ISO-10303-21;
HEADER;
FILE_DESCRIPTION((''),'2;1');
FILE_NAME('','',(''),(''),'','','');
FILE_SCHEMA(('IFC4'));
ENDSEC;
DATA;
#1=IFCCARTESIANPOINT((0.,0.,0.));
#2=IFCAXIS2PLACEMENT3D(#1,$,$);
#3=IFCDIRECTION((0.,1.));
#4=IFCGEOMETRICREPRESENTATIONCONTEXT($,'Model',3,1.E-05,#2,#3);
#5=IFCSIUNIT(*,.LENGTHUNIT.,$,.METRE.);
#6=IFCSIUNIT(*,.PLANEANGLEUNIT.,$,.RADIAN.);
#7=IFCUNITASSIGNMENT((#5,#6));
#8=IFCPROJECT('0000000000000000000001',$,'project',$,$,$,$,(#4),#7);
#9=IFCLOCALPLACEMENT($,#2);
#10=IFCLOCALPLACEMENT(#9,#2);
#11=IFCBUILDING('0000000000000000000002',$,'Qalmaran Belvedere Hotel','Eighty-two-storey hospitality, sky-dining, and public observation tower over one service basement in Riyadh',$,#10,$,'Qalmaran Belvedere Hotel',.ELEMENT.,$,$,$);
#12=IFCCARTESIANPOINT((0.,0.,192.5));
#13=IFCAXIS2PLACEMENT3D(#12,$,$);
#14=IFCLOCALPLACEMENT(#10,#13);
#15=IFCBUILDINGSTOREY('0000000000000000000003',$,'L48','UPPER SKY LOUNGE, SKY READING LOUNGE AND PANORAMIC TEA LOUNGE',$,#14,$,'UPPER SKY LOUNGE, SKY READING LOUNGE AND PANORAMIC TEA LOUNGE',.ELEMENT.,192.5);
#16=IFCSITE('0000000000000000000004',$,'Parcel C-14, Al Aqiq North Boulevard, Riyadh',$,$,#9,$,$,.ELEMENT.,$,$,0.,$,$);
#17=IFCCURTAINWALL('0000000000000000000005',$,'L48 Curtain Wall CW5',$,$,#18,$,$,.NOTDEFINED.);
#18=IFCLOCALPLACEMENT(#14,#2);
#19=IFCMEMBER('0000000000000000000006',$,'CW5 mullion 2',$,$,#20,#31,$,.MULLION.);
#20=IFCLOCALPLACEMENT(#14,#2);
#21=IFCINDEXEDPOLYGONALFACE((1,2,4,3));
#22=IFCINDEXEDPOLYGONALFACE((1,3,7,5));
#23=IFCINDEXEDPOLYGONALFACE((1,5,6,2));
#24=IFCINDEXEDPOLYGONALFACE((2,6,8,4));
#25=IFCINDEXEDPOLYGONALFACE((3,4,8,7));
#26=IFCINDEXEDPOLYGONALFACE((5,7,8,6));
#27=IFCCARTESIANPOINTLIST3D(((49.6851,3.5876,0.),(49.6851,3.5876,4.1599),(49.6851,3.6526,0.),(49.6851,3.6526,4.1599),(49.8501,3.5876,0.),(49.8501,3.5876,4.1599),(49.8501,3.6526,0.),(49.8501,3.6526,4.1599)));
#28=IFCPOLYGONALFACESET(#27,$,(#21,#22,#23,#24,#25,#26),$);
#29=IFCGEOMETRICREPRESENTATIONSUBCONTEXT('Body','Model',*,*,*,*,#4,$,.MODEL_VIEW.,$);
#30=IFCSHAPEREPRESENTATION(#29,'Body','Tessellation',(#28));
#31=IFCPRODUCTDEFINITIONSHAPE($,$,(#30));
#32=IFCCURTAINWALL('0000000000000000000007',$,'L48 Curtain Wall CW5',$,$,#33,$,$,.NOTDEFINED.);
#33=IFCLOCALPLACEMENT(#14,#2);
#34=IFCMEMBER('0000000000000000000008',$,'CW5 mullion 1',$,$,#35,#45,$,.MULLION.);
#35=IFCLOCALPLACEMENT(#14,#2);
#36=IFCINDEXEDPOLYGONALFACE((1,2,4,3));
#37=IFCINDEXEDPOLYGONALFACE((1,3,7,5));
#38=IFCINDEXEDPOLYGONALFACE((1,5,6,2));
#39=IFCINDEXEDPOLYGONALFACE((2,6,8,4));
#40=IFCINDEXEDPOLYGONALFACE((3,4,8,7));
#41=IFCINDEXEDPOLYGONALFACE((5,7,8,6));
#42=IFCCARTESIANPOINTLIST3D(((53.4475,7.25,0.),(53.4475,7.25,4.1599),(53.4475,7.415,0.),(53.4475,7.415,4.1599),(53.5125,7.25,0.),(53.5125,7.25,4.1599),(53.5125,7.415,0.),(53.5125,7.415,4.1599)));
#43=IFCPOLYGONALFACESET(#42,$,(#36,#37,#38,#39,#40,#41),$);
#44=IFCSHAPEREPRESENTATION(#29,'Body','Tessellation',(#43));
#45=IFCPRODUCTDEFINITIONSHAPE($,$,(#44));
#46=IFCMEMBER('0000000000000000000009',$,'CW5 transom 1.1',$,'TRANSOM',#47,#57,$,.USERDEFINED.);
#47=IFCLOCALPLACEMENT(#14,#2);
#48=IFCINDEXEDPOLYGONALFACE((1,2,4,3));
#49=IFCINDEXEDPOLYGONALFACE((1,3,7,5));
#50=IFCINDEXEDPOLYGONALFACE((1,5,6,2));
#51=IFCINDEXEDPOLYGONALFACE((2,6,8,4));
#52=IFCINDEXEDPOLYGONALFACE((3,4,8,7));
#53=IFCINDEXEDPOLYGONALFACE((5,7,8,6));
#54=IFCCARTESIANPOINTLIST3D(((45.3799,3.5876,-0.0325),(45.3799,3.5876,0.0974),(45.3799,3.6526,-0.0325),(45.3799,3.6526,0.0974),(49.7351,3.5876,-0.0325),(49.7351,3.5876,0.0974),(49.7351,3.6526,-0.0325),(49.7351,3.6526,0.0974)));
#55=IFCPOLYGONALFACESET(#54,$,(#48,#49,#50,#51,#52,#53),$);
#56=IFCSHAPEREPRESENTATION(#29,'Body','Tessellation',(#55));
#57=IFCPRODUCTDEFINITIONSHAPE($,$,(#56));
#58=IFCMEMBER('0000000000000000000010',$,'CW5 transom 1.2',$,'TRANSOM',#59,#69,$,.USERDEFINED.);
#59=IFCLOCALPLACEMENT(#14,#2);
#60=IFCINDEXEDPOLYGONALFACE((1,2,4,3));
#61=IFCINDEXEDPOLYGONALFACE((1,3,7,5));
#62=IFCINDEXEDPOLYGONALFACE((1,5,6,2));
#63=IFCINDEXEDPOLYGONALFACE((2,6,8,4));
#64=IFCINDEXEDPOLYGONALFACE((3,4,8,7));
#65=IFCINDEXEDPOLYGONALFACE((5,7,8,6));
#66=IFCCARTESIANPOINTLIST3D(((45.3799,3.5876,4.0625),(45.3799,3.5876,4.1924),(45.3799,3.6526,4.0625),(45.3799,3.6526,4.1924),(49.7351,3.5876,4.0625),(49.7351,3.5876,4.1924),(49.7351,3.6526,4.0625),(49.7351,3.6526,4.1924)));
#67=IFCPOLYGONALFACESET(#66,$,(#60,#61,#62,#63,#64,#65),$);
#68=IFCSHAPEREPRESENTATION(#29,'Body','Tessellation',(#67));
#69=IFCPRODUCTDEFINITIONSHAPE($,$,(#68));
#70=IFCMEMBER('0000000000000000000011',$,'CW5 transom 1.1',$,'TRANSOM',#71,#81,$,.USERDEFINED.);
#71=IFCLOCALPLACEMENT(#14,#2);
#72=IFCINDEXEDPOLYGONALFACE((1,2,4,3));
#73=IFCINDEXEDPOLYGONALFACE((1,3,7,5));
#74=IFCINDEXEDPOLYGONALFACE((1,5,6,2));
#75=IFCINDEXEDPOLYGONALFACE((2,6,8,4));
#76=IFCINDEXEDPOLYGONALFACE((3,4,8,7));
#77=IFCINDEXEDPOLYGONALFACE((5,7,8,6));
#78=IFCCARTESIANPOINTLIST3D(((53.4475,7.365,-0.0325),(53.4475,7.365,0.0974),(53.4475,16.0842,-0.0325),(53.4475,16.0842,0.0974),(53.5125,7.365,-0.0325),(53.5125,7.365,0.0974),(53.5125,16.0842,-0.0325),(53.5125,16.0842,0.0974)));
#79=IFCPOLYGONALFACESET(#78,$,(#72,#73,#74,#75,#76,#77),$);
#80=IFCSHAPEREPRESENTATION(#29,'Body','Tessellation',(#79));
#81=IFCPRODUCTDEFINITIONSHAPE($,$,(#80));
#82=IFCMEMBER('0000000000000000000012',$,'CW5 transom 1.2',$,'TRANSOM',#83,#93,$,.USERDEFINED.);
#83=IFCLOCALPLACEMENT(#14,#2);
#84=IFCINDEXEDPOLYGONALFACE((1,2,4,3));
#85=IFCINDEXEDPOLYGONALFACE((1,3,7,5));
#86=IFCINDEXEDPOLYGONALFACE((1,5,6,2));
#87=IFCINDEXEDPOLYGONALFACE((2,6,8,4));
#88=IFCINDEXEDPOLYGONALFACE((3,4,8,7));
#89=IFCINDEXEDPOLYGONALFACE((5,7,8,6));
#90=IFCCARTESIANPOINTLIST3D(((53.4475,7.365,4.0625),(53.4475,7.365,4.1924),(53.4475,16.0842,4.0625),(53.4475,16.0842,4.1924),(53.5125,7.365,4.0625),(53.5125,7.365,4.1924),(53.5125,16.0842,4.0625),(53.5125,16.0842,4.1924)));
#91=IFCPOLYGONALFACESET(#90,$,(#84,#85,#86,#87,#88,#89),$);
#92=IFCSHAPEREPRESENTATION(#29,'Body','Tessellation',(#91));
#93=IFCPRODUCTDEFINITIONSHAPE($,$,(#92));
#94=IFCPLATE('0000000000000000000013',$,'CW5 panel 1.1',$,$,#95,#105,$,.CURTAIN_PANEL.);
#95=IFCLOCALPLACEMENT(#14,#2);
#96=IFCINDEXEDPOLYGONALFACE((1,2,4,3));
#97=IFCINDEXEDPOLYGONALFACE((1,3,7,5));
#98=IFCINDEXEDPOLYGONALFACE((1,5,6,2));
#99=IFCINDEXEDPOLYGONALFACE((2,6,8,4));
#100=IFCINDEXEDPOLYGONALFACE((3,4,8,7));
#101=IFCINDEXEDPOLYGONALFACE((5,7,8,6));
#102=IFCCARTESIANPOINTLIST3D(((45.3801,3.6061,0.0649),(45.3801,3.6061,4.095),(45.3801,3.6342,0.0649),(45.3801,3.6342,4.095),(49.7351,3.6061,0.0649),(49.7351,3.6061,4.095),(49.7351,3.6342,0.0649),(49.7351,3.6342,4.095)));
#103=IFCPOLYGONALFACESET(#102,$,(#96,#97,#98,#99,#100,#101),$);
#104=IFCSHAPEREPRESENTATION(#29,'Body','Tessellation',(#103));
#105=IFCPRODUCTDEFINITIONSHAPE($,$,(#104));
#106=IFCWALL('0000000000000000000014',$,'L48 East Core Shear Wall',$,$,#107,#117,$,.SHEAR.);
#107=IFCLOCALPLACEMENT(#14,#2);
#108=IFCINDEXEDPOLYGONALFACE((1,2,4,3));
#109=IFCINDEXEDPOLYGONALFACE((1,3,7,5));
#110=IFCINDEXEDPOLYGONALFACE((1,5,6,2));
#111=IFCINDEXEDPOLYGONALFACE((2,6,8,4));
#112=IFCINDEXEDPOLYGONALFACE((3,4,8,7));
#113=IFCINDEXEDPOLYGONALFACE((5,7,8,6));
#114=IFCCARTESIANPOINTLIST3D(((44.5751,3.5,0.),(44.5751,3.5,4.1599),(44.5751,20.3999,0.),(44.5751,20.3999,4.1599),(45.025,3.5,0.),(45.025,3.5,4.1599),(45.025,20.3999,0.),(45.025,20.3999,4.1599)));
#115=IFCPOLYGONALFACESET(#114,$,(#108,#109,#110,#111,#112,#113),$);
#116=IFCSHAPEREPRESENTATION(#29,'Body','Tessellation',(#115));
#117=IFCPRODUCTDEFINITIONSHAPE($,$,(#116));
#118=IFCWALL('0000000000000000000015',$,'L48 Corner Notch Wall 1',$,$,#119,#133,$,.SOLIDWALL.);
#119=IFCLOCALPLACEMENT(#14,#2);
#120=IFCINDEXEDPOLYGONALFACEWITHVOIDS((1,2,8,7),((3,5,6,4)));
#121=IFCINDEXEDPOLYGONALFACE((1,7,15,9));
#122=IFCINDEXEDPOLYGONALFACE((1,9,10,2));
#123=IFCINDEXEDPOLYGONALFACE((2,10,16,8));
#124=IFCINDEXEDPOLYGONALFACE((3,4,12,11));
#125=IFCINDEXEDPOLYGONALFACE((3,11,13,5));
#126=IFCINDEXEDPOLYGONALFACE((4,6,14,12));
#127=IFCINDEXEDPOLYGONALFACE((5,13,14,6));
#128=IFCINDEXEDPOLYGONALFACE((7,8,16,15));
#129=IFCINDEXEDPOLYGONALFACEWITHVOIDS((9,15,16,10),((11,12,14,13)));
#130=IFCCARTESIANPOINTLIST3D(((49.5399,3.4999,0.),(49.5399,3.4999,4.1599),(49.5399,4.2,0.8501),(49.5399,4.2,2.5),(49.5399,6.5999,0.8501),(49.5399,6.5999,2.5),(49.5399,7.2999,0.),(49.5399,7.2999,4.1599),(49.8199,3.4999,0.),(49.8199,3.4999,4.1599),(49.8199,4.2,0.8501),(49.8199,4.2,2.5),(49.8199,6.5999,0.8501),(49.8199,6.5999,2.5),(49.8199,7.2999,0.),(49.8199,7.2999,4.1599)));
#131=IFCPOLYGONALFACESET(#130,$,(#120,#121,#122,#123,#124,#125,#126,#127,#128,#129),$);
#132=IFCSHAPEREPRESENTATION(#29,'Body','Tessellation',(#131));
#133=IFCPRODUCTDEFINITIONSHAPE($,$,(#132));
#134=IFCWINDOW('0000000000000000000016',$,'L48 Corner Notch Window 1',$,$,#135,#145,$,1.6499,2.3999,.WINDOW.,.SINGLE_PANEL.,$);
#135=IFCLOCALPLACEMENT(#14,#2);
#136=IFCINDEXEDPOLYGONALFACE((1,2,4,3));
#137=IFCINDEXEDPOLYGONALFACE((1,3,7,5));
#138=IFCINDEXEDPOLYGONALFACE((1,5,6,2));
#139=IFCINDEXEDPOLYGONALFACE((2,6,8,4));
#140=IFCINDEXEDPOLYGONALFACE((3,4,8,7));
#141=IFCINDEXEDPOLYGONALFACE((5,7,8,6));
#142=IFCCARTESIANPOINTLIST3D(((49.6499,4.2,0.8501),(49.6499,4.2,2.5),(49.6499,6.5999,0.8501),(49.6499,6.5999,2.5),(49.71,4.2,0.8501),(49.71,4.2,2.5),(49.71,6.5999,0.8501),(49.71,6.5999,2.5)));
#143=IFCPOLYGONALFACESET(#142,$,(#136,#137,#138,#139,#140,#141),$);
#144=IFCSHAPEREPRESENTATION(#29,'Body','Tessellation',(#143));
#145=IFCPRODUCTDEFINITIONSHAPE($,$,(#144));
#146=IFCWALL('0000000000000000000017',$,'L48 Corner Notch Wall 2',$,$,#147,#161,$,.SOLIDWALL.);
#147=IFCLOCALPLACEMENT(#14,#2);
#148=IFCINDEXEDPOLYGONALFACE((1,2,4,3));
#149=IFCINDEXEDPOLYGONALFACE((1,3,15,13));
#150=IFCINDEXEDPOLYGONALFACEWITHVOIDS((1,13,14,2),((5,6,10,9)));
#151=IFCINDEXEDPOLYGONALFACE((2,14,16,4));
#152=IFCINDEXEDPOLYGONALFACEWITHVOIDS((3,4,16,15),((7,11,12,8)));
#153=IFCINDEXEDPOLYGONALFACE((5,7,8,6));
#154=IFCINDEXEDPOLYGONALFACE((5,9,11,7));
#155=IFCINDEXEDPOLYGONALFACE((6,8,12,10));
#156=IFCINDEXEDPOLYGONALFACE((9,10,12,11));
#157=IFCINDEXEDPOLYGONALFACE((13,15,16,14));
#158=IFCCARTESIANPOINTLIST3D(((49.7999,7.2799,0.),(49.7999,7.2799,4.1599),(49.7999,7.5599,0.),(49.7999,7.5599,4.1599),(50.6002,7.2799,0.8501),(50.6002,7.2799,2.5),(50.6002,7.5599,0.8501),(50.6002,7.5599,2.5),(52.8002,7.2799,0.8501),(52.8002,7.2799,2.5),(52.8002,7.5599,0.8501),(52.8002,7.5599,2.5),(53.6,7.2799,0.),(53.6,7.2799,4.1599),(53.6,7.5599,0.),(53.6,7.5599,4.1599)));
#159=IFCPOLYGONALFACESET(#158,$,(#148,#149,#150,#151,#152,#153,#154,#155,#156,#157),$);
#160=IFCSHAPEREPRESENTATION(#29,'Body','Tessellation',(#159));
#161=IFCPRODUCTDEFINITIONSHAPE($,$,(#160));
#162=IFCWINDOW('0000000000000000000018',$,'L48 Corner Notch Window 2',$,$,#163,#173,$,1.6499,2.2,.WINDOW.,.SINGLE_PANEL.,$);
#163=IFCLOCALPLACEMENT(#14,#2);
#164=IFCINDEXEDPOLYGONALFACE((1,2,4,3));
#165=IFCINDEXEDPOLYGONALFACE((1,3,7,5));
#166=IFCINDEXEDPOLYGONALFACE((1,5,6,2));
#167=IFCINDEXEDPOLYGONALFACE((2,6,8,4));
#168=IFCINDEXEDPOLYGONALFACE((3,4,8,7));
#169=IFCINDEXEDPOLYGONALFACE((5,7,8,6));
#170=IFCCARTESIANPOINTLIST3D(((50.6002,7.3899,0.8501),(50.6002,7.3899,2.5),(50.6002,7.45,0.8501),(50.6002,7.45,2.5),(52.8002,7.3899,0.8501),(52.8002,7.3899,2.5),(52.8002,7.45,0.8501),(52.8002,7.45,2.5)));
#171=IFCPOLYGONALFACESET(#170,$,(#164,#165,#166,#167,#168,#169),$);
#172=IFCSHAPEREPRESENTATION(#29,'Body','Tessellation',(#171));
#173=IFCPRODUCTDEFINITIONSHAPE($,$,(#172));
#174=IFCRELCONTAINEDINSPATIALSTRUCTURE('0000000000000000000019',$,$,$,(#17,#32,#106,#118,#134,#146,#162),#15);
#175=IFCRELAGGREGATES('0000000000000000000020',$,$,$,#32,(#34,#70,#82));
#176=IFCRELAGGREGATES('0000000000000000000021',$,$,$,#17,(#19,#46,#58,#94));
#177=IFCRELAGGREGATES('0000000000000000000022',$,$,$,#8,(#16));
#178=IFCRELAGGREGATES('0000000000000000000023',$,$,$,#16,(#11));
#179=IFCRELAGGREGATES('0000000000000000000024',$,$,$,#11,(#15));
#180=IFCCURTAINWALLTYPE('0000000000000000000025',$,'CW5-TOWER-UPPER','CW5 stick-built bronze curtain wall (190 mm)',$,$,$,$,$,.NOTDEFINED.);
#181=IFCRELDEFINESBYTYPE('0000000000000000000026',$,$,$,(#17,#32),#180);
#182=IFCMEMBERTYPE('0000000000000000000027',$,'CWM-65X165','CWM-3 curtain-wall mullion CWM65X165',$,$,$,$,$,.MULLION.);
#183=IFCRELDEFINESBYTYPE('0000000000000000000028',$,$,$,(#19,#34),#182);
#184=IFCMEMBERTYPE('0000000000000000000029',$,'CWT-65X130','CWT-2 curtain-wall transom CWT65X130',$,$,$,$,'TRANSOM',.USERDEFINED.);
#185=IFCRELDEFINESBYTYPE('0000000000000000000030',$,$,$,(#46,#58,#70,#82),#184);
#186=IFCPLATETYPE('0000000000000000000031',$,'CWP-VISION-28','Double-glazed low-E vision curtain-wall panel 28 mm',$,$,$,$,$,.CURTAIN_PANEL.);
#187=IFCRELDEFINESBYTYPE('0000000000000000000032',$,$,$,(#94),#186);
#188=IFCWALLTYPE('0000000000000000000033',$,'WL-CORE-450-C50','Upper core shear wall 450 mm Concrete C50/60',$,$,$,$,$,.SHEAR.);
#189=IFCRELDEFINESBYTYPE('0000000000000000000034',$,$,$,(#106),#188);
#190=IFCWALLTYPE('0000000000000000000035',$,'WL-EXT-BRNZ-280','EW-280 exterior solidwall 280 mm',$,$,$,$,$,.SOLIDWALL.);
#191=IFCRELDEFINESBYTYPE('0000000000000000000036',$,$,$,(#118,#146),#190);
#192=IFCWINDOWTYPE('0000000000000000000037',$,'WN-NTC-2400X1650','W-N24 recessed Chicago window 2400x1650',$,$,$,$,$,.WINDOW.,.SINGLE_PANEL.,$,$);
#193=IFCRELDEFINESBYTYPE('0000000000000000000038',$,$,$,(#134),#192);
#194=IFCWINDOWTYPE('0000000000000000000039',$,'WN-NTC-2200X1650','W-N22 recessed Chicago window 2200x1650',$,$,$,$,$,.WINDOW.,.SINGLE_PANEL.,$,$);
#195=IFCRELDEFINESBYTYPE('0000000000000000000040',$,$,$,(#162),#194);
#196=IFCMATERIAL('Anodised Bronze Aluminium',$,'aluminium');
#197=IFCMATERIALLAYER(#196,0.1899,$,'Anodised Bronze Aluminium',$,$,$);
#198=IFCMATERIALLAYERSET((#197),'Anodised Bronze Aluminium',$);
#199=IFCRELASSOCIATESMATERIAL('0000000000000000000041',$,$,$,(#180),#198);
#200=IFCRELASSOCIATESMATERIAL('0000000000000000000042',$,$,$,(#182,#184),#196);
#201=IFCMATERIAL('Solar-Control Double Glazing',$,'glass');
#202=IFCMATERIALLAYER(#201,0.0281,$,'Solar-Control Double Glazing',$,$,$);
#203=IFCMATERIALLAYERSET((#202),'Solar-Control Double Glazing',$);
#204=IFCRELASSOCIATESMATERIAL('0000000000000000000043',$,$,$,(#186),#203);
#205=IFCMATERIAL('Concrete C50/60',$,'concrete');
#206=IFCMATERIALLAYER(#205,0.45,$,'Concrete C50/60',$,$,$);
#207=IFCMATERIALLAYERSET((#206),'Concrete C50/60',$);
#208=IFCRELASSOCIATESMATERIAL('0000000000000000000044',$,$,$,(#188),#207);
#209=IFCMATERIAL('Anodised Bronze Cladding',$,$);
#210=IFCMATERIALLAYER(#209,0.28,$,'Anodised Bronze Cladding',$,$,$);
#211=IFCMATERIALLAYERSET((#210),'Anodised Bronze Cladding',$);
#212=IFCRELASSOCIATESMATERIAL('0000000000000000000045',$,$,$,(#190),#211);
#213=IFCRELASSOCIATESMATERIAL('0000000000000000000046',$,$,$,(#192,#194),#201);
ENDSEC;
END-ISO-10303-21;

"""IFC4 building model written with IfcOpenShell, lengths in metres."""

from ifc_helpers import new_model, si_unit, direction, frame, frame_2d, origin, origin_2d, place, context, subcontext, project, spatial, rectangle, extrude, material, layer, layer_set, material_profile, profile_set, type_object, element, fill, aggregate, save


model = new_model("IFC4")

# Units and contexts
model_context = context("Model", 3, precision=1e-05, world=origin(), true_north=direction((0.0, 1.0)))
body_context = subcontext(model_context, "Body", "Model", "MODEL_VIEW")
ifc_project = project(units=[si_unit("LENGTHUNIT", "METRE"), si_unit("PLANEANGLEUNIT", "RADIAN")], contexts=[model_context])

# Site, building, storey
site_placement = place(None, origin())
site = spatial("IfcSite", under=ifc_project, at=site_placement, Name="Parcel C-14, Al Aqiq North Boulevard, Riyadh", CompositionType="ELEMENT", RefElevation=0.0)
building_placement = place(site_placement, origin())
building = spatial("IfcBuilding", under=site, at=building_placement, Name="Qalmaran Belvedere Hotel", Description="Eighty-two-storey hospitality, sky-dining, and public observation tower over one service basement in Riyadh", LongName="Qalmaran Belvedere Hotel", CompositionType="ELEMENT")
storey_placement = place(building_placement, frame((0.0, 0.0, 192.5)))
storey = spatial("IfcBuildingStorey", under=building, at=storey_placement, Name="L48", Description="UPPER SKY LOUNGE, SKY READING LOUNGE AND PANORAMIC TEA LOUNGE", LongName="UPPER SKY LOUNGE, SKY READING LOUNGE AND PANORAMIC TEA LOUNGE", CompositionType="ELEMENT", Elevation=192.5)

# Shared definitions
ifc_material_1 = material(Name="Concrete C50/60", Category="concrete")

# Curtain wall, member
ifc_material_2 = material(Name="Anodised Bronze Aluminium", Category="aluminium")
ifc_layer_1 = layer(ifc_material_2, 0.1899, Name="Anodised Bronze Aluminium")
ifc_layer_set_1 = layer_set([ifc_layer_1], Name="Anodised Bronze Aluminium")
curtain_wall_type = type_object("IfcCurtainWallType", Name="CW5-TOWER-UPPER", Description="CW5 stick-built bronze curtain wall (190 mm)", PredefinedType="NOTDEFINED", material=ifc_layer_set_1)
curtain_wall_1_placement = place(storey_placement, origin())
curtain_wall_1 = element("IfcCurtainWall", 1, at=curtain_wall_1_placement, inside=storey, type_object=curtain_wall_type, Name="L48 Curtain Wall CW5", PredefinedType="NOTDEFINED")
ifc_material_profile_1 = material_profile(ifc_material_2, rectangle(XDim=0.0649, YDim=0.165, at=origin_2d()), Name="CWM65X165")
ifc_profile_set_1 = profile_set([ifc_material_profile_1], Name="Anodised Bronze Aluminium")
member_type_1 = type_object("IfcMemberType", Name="CWM-65X165", Description="CWM-3 curtain-wall mullion CWM65X165", PredefinedType="MULLION", material=ifc_profile_set_1)
member_1_placement = place(storey_placement, frame((49.7676, 3.6201, 0.0), z_axis=(0.0, 0.0, 1.0), x_axis=(0.0, 1.0, 0.0)))
member_1 = element("IfcMember", 2, at=member_1_placement, type_object=member_type_1, Name="CW5 mullion 2", PredefinedType="MULLION", context=body_context, shape_type="SweptSolid", body=[
    extrude(rectangle(XDim=0.0649, YDim=0.165, at=origin_2d()), origin(), (0.0, 0.0, 1.0), 4.1599),
])

# Curtain wall, member
curtain_wall_2_placement = place(storey_placement, origin())
curtain_wall_2 = element("IfcCurtainWall", 3, at=curtain_wall_2_placement, inside=storey, type_object=curtain_wall_type, Name="L48 Curtain Wall CW5", PredefinedType="NOTDEFINED")
member_2_placement = place(storey_placement, frame((53.48, 7.3325, 0.0), z_axis=(0.0, 0.0, 1.0), x_axis=(-1.0, 0.0, 0.0)))
member_2 = element("IfcMember", 4, at=member_2_placement, type_object=member_type_1, Name="CW5 mullion 1", PredefinedType="MULLION", context=body_context, shape_type="SweptSolid", body=[
    extrude(rectangle(XDim=0.0649, YDim=0.165, at=origin_2d()), origin(), (0.0, 0.0, 1.0), 4.1599),
])

# Members
ifc_material_profile_2 = material_profile(ifc_material_2, rectangle(XDim=0.0649, YDim=0.1299, at=origin_2d()), Name="CWT65X130")
ifc_profile_set_2 = profile_set([ifc_material_profile_2], Name="Anodised Bronze Aluminium")
member_type_2 = type_object("IfcMemberType", Name="CWT-65X130", Description="CWT-2 curtain-wall transom CWT65X130", ElementType="TRANSOM", PredefinedType="USERDEFINED", material=ifc_profile_set_2)
member_3_placement = place(storey_placement, frame((45.3799, 3.6201, 0.0325), z_axis=(1.0, 0.0, 0.0), x_axis=(0.0, 1.0, 0.0)))
member_3 = element("IfcMember", 5, at=member_3_placement, type_object=member_type_2, Name="CW5 transom 1.1", ObjectType="TRANSOM", PredefinedType="USERDEFINED", context=body_context, shape_type="SweptSolid", body=[
    extrude(rectangle(XDim=0.0649, YDim=0.1299, at=origin_2d()), origin(), (0.0, 0.0, 1.0), 4.3552),
])
member_4_placement = place(storey_placement, frame((45.3799, 3.6201, 4.1274), z_axis=(1.0, 0.0, 0.0), x_axis=(0.0, 1.0, 0.0)))
member_4 = element("IfcMember", 6, at=member_4_placement, type_object=member_type_2, Name="CW5 transom 1.2", ObjectType="TRANSOM", PredefinedType="USERDEFINED", context=body_context, shape_type="SweptSolid", body=[
    extrude(rectangle(XDim=0.0649, YDim=0.1299, at=origin_2d()), origin(), (0.0, 0.0, 1.0), 4.3552),
])
member_5_placement = place(storey_placement, frame((53.48, 7.365, 0.0325), z_axis=(0.0, 1.0, 0.0), x_axis=(-1.0, 0.0, 0.0)))
member_5 = element("IfcMember", 7, at=member_5_placement, type_object=member_type_2, Name="CW5 transom 1.1", ObjectType="TRANSOM", PredefinedType="USERDEFINED", context=body_context, shape_type="SweptSolid", body=[
    extrude(rectangle(XDim=0.0649, YDim=0.1299, at=origin_2d()), origin(), (0.0, 0.0, 1.0), 8.7192),
])
member_6_placement = place(storey_placement, frame((53.48, 7.365, 4.1274), z_axis=(0.0, 1.0, 0.0), x_axis=(-1.0, 0.0, 0.0)))
member_6 = element("IfcMember", 8, at=member_6_placement, type_object=member_type_2, Name="CW5 transom 1.2", ObjectType="TRANSOM", PredefinedType="USERDEFINED", context=body_context, shape_type="SweptSolid", body=[
    extrude(rectangle(XDim=0.0649, YDim=0.1299, at=origin_2d()), origin(), (0.0, 0.0, 1.0), 8.7192),
])
aggregate(curtain_wall_2, [member_2, member_5, member_6])

# Plate
ifc_material_3 = material(Name="Solar-Control Double Glazing", Category="glass")
ifc_layer_2 = layer(ifc_material_3, 0.0281, Name="Solar-Control Double Glazing")
ifc_layer_set_2 = layer_set([ifc_layer_2], Name="Solar-Control Double Glazing")
plate_type = type_object("IfcPlateType", Name="CWP-VISION-28", Description="Double-glazed low-E vision curtain-wall panel 28 mm", PredefinedType="CURTAIN_PANEL", material=ifc_layer_set_2)
plate_placement = place(storey_placement, frame((47.5576, 3.6201, 0.0649), z_axis=(0.0, 0.0, 1.0), x_axis=(1.0, 0.0, 0.0)))
plate = element("IfcPlate", 9, at=plate_placement, type_object=plate_type, Name="CW5 panel 1.1", PredefinedType="CURTAIN_PANEL", context=body_context, shape_type="SweptSolid", body=[
    extrude(rectangle(XDim=4.355, YDim=0.0281, at=origin_2d()), origin(), (0.0, 0.0, 1.0), 4.03),
])
aggregate(curtain_wall_1, [member_1, member_3, member_4, plate])

# Wall
ifc_layer_3 = layer(ifc_material_1, 0.45, Name="Concrete C50/60")
ifc_layer_set_3 = layer_set([ifc_layer_3], Name="Concrete C50/60")
wall_type_1 = type_object("IfcWallType", Name="WL-CORE-450-C50", Description="Upper core shear wall 450 mm Concrete C50/60", PredefinedType="SHEAR", material=ifc_layer_set_3)
wall_1_placement = place(storey_placement, frame((44.8, 3.5, 0.0), z_axis=(0.0, 0.0, 1.0), x_axis=(0.0, 1.0, 0.0)))
element("IfcWall", 10, at=wall_1_placement, inside=storey, type_object=wall_type_1, Name="L48 East Core Shear Wall", PredefinedType="SHEAR", context=body_context, shape_type="SweptSolid", body=[
    extrude(rectangle(XDim=16.8999, YDim=0.45, at=frame_2d((8.45, 0.0))), origin(), (0.0, 0.0, 1.0), 4.1599),
])

# Walls, openings, windows
ifc_material_4 = material(Name="Anodised Bronze Cladding")
ifc_layer_4 = layer(ifc_material_4, 0.28, Name="Anodised Bronze Cladding")
ifc_layer_set_4 = layer_set([ifc_layer_4], Name="Anodised Bronze Cladding")
wall_type_2 = type_object("IfcWallType", Name="WL-EXT-BRNZ-280", Description="EW-280 exterior solidwall 280 mm", PredefinedType="SOLIDWALL", material=ifc_layer_set_4)
wall_2_placement = place(storey_placement, frame((49.6799, 3.5, 0.0), z_axis=(0.0, 0.0, 1.0), x_axis=(0.0, 1.0, 0.0)))
wall_2 = element("IfcWall", 11, at=wall_2_placement, inside=storey, type_object=wall_type_2, Name="L48 Corner Notch Wall 1", PredefinedType="SOLIDWALL", context=body_context, shape_type="SweptSolid", body=[
    extrude(rectangle(XDim=3.8, YDim=0.28, at=frame_2d((1.8999, 0.0))), origin(), (0.0, 0.0, 1.0), 4.1599),
])
opening_1_placement = place(wall_2_placement, frame((0.7, 0.0, 0.8501)))
opening_1 = element("IfcOpeningElement", 12, at=opening_1_placement, cuts=wall_2, PredefinedType="OPENING", context=body_context, shape_type="SweptSolid", body=[
    extrude(rectangle(XDim=2.3999, YDim=1.6499, at=frame_2d((1.2, 0.825))), frame((0.0, 0.1499, 0.0), z_axis=(0.0, -1.0, 0.0), x_axis=(1.0, 0.0, 0.0)), (0.0, 0.0, 1.0), 0.3),
])
window_type_1 = type_object("IfcWindowType", Name="WN-NTC-2400X1650", Description="W-N24 recessed Chicago window 2400x1650", PartitioningType="SINGLE_PANEL", PredefinedType="WINDOW", material=ifc_material_3)
window_1_placement = place(opening_1_placement, origin())
window_1 = element("IfcWindow", 13, at=window_1_placement, inside=storey, type_object=window_type_1, Name="L48 Corner Notch Window 1", OverallHeight=1.6499, OverallWidth=2.3999, PartitioningType="SINGLE_PANEL", PredefinedType="WINDOW", context=body_context, shape_type="SweptSolid", body=[
    extrude(rectangle(XDim=2.3999, YDim=1.6499, at=frame_2d((1.2, 0.825))), frame((0.0, 0.03, 0.0), z_axis=(0.0, -1.0, 0.0), x_axis=(1.0, 0.0, 0.0)), (0.0, 0.0, 1.0), 0.0601),
])
fill(opening_1, window_1)
wall_3_placement = place(storey_placement, frame((49.8, 7.4199, 0.0), z_axis=(0.0, 0.0, 1.0), x_axis=(1.0, 0.0, 0.0)))
wall_3 = element("IfcWall", 14, at=wall_3_placement, inside=storey, type_object=wall_type_2, Name="L48 Corner Notch Wall 2", PredefinedType="SOLIDWALL", context=body_context, shape_type="SweptSolid", body=[
    extrude(rectangle(XDim=3.8, YDim=0.28, at=frame_2d((1.8999, 0.0))), origin(), (0.0, 0.0, 1.0), 4.1599),
])
opening_2_placement = place(wall_3_placement, frame((0.8, 0.0, 0.8501)))
opening_2 = element("IfcOpeningElement", 15, at=opening_2_placement, cuts=wall_3, PredefinedType="OPENING", context=body_context, shape_type="SweptSolid", body=[
    extrude(rectangle(XDim=2.2, YDim=1.6499, at=frame_2d((1.1001, 0.825))), frame((0.0, 0.1499, 0.0), z_axis=(0.0, -1.0, 0.0), x_axis=(1.0, 0.0, 0.0)), (0.0, 0.0, 1.0), 0.3),
])
window_type_2 = type_object("IfcWindowType", Name="WN-NTC-2200X1650", Description="W-N22 recessed Chicago window 2200x1650", PartitioningType="SINGLE_PANEL", PredefinedType="WINDOW", material=ifc_material_3)
window_2_placement = place(opening_2_placement, origin())
window_2 = element("IfcWindow", 16, at=window_2_placement, inside=storey, type_object=window_type_2, Name="L48 Corner Notch Window 2", OverallHeight=1.6499, OverallWidth=2.2, PartitioningType="SINGLE_PANEL", PredefinedType="WINDOW", context=body_context, shape_type="SweptSolid", body=[
    extrude(rectangle(XDim=2.2, YDim=1.6499, at=frame_2d((1.1001, 0.825))), frame((0.0, 0.03, 0.0), z_axis=(0.0, -1.0, 0.0), x_axis=(1.0, 0.0, 0.0)), (0.0, 0.0, 1.0), 0.0601),
])
fill(opening_2, window_2)

save(model, "model.ifc")
